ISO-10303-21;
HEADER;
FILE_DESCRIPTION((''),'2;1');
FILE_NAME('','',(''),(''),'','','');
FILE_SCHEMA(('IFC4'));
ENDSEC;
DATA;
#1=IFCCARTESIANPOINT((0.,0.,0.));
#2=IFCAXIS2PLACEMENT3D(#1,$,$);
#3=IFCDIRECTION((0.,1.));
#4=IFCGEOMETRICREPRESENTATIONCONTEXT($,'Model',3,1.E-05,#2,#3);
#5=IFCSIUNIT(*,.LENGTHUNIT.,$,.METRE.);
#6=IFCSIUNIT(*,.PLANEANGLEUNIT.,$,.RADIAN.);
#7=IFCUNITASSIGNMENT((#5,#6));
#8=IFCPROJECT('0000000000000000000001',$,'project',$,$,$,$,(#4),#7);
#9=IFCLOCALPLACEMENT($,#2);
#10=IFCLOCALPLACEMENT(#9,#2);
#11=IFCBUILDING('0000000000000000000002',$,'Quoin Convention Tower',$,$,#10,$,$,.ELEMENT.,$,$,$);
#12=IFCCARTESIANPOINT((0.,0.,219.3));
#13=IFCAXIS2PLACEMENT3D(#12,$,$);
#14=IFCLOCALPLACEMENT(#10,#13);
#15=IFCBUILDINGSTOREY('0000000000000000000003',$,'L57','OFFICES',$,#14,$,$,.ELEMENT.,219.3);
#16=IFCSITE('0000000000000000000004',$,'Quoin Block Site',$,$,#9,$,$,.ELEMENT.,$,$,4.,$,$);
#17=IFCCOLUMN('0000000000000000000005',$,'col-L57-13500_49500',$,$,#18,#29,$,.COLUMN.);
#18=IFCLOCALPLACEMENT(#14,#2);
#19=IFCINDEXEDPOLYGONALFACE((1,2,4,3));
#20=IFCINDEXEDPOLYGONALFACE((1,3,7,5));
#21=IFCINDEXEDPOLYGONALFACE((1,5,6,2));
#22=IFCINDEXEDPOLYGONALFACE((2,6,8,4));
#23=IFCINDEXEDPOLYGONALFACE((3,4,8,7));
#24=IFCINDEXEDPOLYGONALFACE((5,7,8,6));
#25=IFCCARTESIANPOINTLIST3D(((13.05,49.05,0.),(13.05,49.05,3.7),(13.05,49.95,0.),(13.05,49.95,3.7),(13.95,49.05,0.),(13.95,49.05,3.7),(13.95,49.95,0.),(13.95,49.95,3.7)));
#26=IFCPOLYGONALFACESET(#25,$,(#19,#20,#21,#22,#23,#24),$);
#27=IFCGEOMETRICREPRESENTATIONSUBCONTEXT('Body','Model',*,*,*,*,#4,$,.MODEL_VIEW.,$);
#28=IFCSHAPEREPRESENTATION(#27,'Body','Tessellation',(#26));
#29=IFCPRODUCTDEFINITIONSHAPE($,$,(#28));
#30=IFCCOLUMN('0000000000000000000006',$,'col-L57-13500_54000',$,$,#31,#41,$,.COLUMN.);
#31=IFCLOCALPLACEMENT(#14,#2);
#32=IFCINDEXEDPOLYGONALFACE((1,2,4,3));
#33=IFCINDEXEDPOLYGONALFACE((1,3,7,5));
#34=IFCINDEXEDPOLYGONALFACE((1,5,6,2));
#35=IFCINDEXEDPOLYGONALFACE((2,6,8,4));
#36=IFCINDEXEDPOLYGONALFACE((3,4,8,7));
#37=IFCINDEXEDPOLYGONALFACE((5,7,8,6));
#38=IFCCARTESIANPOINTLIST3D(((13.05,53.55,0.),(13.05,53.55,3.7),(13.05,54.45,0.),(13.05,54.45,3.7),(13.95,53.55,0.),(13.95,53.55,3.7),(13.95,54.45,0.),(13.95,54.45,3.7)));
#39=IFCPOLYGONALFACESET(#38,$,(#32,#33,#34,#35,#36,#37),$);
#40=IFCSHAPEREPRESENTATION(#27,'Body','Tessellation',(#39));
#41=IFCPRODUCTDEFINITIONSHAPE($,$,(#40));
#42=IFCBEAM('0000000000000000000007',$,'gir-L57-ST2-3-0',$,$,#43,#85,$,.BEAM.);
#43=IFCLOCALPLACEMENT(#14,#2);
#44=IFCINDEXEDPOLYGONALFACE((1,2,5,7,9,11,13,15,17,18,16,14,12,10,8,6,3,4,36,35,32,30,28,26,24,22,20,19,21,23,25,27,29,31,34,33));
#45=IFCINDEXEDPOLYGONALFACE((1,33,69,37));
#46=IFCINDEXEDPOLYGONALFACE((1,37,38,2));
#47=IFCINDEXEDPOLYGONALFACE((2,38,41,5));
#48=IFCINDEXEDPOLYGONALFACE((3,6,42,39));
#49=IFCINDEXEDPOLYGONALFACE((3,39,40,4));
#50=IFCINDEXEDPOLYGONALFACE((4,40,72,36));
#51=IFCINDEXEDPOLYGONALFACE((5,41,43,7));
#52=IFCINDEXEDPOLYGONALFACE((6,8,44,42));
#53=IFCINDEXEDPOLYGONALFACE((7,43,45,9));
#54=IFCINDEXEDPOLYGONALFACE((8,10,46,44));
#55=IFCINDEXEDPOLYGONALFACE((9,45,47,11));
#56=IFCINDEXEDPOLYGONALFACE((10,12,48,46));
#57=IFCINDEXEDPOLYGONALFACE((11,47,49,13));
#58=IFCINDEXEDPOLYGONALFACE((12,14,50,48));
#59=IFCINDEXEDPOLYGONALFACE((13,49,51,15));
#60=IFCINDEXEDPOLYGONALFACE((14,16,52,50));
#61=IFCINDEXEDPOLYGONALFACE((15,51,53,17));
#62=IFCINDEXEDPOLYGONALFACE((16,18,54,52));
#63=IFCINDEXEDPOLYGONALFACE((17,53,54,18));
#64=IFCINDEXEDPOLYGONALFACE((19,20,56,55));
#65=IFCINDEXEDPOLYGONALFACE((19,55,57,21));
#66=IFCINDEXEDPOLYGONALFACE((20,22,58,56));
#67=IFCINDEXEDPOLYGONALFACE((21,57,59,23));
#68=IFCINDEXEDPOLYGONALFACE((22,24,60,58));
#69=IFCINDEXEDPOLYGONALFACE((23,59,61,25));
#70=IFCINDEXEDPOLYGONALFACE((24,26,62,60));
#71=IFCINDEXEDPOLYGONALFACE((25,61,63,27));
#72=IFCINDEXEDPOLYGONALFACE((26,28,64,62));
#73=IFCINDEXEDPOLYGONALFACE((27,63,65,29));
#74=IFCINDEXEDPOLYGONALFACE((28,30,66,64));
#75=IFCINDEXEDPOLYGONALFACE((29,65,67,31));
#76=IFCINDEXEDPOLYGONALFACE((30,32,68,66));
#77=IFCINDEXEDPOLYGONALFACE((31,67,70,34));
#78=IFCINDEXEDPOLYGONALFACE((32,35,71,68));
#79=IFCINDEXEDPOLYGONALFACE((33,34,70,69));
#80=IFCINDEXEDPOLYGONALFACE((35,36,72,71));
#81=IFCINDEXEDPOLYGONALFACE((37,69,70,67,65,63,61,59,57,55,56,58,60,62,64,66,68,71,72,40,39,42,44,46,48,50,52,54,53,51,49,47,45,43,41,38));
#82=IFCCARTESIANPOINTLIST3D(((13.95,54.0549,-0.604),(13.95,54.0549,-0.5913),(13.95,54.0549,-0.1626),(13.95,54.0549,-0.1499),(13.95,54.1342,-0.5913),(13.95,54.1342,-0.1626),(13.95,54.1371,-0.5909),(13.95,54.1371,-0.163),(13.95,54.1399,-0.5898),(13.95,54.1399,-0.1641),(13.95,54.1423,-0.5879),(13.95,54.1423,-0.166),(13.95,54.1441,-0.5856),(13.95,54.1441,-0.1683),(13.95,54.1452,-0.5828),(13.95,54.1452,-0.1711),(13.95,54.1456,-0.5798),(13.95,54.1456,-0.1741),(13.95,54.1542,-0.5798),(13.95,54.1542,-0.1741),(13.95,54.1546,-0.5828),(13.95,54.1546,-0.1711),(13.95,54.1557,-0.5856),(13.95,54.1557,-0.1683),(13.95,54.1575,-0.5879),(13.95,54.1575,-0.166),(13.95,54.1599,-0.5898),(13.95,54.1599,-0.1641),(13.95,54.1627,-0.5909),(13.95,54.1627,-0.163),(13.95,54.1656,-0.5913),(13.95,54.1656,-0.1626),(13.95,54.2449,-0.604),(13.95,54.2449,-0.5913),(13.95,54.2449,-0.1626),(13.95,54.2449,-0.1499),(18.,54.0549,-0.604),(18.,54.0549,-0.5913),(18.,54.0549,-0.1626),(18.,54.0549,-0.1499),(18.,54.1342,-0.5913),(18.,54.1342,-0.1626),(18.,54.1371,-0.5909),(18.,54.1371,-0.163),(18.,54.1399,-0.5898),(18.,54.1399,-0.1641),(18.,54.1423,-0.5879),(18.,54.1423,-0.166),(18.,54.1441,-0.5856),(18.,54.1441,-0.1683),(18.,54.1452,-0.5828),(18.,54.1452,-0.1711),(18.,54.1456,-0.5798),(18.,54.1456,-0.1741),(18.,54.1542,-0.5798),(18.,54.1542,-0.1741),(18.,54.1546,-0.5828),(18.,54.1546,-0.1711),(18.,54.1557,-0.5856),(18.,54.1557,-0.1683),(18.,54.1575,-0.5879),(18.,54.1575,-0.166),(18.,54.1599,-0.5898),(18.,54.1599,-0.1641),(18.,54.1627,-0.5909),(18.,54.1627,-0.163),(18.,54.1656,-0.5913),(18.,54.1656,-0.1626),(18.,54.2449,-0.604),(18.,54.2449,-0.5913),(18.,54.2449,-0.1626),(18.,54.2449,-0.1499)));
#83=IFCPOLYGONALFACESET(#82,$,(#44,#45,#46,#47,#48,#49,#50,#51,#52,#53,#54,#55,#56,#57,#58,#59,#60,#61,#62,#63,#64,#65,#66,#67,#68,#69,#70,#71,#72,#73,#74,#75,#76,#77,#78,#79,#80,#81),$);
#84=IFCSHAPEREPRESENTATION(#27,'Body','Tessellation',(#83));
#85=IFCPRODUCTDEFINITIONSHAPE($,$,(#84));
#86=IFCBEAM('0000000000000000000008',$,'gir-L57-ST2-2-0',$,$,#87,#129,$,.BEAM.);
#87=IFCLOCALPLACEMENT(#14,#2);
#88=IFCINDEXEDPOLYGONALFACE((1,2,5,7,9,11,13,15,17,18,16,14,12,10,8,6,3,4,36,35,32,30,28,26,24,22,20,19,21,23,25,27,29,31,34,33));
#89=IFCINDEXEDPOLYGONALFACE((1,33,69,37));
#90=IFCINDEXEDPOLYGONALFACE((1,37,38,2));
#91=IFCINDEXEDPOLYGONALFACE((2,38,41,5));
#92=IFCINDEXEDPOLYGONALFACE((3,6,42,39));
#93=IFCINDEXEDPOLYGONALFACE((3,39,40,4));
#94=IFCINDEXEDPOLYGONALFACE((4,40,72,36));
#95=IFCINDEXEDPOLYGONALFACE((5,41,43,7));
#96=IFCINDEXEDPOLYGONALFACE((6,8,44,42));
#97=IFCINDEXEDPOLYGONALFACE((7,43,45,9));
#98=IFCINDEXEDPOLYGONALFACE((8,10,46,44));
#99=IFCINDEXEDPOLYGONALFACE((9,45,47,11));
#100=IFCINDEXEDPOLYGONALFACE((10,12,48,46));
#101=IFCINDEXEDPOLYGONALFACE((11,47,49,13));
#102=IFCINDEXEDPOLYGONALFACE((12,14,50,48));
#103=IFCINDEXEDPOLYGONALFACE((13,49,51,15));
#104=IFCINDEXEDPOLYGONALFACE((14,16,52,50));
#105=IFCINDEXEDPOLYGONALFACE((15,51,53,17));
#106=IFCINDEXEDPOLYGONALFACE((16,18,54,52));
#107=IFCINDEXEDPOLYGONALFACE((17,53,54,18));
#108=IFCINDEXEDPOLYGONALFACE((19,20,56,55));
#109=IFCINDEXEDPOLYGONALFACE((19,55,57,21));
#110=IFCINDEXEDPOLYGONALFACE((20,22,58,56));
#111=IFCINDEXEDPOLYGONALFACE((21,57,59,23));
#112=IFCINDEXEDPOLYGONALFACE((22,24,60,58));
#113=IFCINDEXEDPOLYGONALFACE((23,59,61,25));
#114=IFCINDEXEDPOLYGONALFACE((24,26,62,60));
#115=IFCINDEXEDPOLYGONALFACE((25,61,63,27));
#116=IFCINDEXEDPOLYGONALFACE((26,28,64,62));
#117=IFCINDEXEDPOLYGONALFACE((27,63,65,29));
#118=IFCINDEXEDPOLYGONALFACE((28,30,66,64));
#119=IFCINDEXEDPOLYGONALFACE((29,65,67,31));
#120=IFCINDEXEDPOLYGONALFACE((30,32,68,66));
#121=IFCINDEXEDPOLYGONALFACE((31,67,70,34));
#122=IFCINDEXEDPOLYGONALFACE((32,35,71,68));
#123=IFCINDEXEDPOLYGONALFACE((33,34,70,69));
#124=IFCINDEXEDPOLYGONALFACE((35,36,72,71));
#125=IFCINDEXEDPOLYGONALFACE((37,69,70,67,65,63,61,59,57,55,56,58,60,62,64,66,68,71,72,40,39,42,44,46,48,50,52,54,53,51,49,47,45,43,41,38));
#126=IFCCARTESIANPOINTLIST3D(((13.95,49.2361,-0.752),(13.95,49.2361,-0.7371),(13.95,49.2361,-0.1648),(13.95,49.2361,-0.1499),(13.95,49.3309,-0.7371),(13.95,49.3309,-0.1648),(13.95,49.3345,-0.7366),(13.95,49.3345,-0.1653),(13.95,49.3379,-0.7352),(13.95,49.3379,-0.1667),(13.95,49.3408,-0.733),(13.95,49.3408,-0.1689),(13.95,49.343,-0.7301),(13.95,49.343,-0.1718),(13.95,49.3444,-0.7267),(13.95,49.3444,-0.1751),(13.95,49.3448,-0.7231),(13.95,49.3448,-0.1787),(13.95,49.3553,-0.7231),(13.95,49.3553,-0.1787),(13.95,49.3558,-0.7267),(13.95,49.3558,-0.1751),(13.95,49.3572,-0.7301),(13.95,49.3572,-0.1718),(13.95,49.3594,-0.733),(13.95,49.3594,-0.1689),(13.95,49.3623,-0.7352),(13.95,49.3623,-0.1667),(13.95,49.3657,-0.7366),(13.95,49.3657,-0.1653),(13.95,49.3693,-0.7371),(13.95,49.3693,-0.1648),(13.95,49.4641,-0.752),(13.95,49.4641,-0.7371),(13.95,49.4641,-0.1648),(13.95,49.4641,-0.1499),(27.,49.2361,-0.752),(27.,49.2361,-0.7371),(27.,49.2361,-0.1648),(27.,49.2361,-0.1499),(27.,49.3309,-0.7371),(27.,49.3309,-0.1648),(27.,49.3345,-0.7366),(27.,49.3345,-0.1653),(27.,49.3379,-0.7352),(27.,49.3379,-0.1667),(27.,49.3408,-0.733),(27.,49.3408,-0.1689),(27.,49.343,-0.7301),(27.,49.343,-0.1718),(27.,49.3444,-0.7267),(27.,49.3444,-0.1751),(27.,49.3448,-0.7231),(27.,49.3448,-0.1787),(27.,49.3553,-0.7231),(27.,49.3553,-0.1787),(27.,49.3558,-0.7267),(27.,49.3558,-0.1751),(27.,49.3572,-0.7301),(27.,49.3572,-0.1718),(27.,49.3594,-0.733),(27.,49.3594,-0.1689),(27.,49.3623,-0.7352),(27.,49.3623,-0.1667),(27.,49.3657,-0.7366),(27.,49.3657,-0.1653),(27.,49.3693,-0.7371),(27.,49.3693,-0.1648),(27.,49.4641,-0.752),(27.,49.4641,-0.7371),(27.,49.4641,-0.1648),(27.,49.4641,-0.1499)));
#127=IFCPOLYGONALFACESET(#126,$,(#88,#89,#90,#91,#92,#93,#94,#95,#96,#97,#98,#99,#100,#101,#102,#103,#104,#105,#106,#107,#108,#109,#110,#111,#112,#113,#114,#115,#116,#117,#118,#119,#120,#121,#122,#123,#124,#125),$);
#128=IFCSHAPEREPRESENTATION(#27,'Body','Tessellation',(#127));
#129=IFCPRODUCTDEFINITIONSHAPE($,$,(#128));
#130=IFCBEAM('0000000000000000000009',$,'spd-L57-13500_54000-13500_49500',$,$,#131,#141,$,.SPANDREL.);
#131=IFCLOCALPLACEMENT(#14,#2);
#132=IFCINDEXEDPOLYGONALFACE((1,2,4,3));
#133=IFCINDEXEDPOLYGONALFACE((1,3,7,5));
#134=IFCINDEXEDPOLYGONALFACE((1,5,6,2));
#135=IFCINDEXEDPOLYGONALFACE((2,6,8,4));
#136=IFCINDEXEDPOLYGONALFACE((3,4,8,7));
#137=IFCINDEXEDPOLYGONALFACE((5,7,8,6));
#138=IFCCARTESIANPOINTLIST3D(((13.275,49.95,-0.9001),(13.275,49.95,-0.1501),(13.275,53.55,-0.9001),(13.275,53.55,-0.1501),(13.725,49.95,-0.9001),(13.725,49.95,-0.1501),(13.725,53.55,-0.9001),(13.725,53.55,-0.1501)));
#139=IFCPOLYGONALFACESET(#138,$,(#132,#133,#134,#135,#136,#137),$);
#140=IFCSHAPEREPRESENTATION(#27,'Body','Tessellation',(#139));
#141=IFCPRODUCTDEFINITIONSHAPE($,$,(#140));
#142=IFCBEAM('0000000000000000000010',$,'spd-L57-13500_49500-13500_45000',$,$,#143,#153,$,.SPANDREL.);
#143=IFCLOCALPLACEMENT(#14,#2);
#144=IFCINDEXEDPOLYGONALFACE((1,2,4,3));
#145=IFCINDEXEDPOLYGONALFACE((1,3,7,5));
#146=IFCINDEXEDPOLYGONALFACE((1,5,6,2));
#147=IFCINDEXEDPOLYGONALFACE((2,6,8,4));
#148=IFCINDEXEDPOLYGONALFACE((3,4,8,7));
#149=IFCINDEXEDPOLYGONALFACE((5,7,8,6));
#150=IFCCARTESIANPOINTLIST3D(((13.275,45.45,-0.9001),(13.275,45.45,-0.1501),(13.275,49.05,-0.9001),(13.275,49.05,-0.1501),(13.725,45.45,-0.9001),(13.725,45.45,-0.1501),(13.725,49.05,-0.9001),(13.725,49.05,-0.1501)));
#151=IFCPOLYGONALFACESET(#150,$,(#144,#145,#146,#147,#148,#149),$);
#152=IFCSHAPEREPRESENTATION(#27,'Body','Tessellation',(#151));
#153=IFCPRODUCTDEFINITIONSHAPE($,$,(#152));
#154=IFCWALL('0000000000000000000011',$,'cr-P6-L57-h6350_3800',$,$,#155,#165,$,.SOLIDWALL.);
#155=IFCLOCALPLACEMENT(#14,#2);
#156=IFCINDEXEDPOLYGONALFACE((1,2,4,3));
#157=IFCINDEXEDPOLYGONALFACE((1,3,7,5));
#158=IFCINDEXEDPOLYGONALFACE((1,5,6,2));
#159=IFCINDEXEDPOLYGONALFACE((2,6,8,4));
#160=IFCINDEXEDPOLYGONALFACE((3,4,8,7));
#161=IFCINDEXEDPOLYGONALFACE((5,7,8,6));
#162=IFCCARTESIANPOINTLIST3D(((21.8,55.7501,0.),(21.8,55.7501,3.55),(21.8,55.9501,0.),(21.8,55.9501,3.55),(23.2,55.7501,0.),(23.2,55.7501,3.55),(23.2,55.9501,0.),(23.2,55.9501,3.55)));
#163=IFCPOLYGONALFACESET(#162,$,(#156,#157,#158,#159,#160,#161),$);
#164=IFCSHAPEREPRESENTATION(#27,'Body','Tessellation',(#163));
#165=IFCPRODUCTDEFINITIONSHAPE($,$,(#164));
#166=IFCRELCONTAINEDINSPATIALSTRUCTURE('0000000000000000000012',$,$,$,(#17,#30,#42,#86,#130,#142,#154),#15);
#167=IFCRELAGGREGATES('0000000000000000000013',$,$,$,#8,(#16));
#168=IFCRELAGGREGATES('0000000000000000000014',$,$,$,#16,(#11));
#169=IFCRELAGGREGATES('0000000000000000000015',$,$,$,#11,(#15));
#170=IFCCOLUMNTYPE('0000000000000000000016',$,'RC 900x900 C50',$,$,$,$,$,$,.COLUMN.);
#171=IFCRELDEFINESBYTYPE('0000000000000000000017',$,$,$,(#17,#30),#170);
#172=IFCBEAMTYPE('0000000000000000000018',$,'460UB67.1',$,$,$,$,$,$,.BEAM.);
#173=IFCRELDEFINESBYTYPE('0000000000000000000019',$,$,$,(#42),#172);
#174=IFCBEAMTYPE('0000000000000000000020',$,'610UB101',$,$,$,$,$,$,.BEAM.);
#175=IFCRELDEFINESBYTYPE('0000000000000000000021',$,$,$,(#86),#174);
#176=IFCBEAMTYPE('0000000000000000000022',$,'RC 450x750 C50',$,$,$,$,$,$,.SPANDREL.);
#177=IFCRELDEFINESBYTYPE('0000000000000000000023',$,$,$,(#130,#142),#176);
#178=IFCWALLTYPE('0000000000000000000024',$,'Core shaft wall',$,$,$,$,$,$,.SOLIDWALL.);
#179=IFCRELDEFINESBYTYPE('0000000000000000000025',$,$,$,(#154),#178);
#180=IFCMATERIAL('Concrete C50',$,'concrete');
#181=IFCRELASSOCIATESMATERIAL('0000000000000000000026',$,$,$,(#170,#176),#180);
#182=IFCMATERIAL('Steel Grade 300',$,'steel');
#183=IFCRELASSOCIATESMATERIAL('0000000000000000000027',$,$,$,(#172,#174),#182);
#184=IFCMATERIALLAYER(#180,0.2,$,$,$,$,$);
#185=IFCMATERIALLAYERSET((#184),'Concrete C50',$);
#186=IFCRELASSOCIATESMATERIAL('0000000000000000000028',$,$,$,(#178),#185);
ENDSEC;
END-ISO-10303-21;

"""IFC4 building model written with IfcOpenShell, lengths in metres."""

from ifc_helpers import new_model, si_unit, direction, frame, frame_2d, origin, origin_2d, place, context, subcontext, project, spatial, rectangle, i_section, extrude, material, layer, layer_set, material_profile, profile_set, type_object, element, save


model = new_model("IFC4")

# Units and contexts
model_context = context("Model", 3, precision=1e-05, world=origin(), true_north=direction((0.0, 1.0)))
body_context = subcontext(model_context, "Body", "Model", "MODEL_VIEW")
ifc_project = project(units=[si_unit("LENGTHUNIT", "METRE"), si_unit("PLANEANGLEUNIT", "RADIAN")], contexts=[model_context])

# Site, building, storey
site_placement = place(None, origin())
site = spatial("IfcSite", under=ifc_project, at=site_placement, Name="Quoin Block Site", CompositionType="ELEMENT", RefElevation=4.0)
building_placement = place(site_placement, origin())
building = spatial("IfcBuilding", under=site, at=building_placement, Name="Quoin Convention Tower", CompositionType="ELEMENT")
storey_placement = place(building_placement, frame((0.0, 0.0, 219.3)))
storey = spatial("IfcBuildingStorey", under=building, at=storey_placement, Name="L57", Description="OFFICES", CompositionType="ELEMENT", Elevation=219.3)

# Columns
ifc_material_1 = material(Name="Concrete C50", Category="concrete")
ifc_material_profile_1 = material_profile(ifc_material_1, rectangle(XDim=0.8999, YDim=0.8999, at=origin_2d()), Name="RC 900x900")
ifc_profile_set_1 = profile_set([ifc_material_profile_1], Name="Concrete C50")
column_type = type_object("IfcColumnType", Name="RC 900x900 C50", PredefinedType="COLUMN", material=ifc_profile_set_1)
for number, where, z_axis, x_axis, name in (
    (1, (13.5, 49.5, 0.0), (0.0, 0.0, 1.0), (1.0, 0.0, 0.0), "col-L57-13500_49500"),
    (2, (13.5, 54.0, 0.0), (0.0, 0.0, 1.0), (1.0, 0.0, 0.0), "col-L57-13500_54000"),
):
    element("IfcColumn", number, at=place(storey_placement, frame(where, z_axis=z_axis, x_axis=x_axis)), inside=storey, type_object=column_type, Name=name, PredefinedType="COLUMN", context=body_context, shape_type="SweptSolid", body=[
        extrude(rectangle(XDim=0.8999, YDim=0.8999, at=origin_2d()), origin(), (0.0, 0.0, 1.0), 3.7),
    ])

# Beams
ifc_material_2 = material(Name="Steel Grade 300", Category="steel")
ifc_material_profile_2 = material_profile(ifc_material_2, i_section(OverallWidth=0.1899, OverallDepth=0.4541, WebThickness=0.0085, FlangeThickness=0.0127, FilletRadius=0.0115, at=origin_2d()), Name="460UB67.1")
ifc_profile_set_2 = profile_set([ifc_material_profile_2], Name="Steel Grade 300")
beam_type_1 = type_object("IfcBeamType", Name="460UB67.1", PredefinedType="BEAM", material=ifc_profile_set_2)
beam_1_placement = place(storey_placement, frame((13.95, 54.1499, -0.377), z_axis=(1.0, 0.0, 0.0), x_axis=(0.0, 1.0, 0.0)))
element("IfcBeam", 3, at=beam_1_placement, inside=storey, type_object=beam_type_1, Name="gir-L57-ST2-3-0", PredefinedType="BEAM", context=body_context, shape_type="SweptSolid", body=[
    extrude(i_section(OverallWidth=0.1899, OverallDepth=0.4541, WebThickness=0.0085, FlangeThickness=0.0127, FilletRadius=0.0115, at=origin_2d()), origin(), (0.0, 0.0, 1.0), 4.05),
])
ifc_material_profile_3 = material_profile(ifc_material_2, i_section(OverallWidth=0.228, OverallDepth=0.6021, WebThickness=0.0105, FlangeThickness=0.0149, FilletRadius=0.0139, at=origin_2d()), Name="610UB101")
ifc_profile_set_3 = profile_set([ifc_material_profile_3], Name="Steel Grade 300")
beam_type_2 = type_object("IfcBeamType", Name="610UB101", PredefinedType="BEAM", material=ifc_profile_set_3)
beam_2_placement = place(storey_placement, frame((13.95, 49.3501, -0.4509), z_axis=(1.0, 0.0, 0.0), x_axis=(0.0, 1.0, 0.0)))
element("IfcBeam", 4, at=beam_2_placement, inside=storey, type_object=beam_type_2, Name="gir-L57-ST2-2-0", PredefinedType="BEAM", context=body_context, shape_type="SweptSolid", body=[
    extrude(i_section(OverallWidth=0.228, OverallDepth=0.6021, WebThickness=0.0105, FlangeThickness=0.0149, FilletRadius=0.0139, at=origin_2d()), origin(), (0.0, 0.0, 1.0), 13.05),
])
ifc_material_profile_4 = material_profile(ifc_material_1, rectangle(XDim=0.45, YDim=0.75, at=origin_2d()), Name="RC 450x750")
ifc_profile_set_4 = profile_set([ifc_material_profile_4], Name="Concrete C50")
beam_type_3 = type_object("IfcBeamType", Name="RC 450x750 C50", PredefinedType="SPANDREL", material=ifc_profile_set_4)
for number, where, z_axis, x_axis, name in (
    (5, (13.5, 53.55, -0.5251), (0.0, -1.0, 0.0), (1.0, 0.0, 0.0), "spd-L57-13500_54000-13500_49500"),
    (6, (13.5, 49.05, -0.5251), (0.0, -1.0, 0.0), (1.0, 0.0, 0.0), "spd-L57-13500_49500-13500_45000"),
):
    element("IfcBeam", number, at=place(storey_placement, frame(where, z_axis=z_axis, x_axis=x_axis)), inside=storey, type_object=beam_type_3, Name=name, PredefinedType="SPANDREL", context=body_context, shape_type="SweptSolid", body=[
        extrude(rectangle(XDim=0.45, YDim=0.75, at=origin_2d()), origin(), (0.0, 0.0, 1.0), 3.6001),
    ])

# Wall
ifc_layer_1 = layer(ifc_material_1, 0.2)
ifc_layer_set_1 = layer_set([ifc_layer_1], Name="Concrete C50")
wall_type_1 = type_object("IfcWallType", Name="Core shaft wall", PredefinedType="SOLIDWALL", material=ifc_layer_set_1)
wall_1_placement = place(storey_placement, frame((21.8, 55.8501, 0.0), z_axis=(0.0, 0.0, 1.0), x_axis=(1.0, 0.0, 0.0)))
element("IfcWall", 7, at=wall_1_placement, inside=storey, type_object=wall_type_1, Name="cr-P6-L57-h6350_3800", PredefinedType="SOLIDWALL", context=body_context, shape_type="SweptSolid", body=[
    extrude(rectangle(XDim=1.3999, YDim=0.2, at=frame_2d((0.7, 0.0))), origin(), (0.0, 0.0, 1.0), 3.55),
])

save(model, "model.ifc")
